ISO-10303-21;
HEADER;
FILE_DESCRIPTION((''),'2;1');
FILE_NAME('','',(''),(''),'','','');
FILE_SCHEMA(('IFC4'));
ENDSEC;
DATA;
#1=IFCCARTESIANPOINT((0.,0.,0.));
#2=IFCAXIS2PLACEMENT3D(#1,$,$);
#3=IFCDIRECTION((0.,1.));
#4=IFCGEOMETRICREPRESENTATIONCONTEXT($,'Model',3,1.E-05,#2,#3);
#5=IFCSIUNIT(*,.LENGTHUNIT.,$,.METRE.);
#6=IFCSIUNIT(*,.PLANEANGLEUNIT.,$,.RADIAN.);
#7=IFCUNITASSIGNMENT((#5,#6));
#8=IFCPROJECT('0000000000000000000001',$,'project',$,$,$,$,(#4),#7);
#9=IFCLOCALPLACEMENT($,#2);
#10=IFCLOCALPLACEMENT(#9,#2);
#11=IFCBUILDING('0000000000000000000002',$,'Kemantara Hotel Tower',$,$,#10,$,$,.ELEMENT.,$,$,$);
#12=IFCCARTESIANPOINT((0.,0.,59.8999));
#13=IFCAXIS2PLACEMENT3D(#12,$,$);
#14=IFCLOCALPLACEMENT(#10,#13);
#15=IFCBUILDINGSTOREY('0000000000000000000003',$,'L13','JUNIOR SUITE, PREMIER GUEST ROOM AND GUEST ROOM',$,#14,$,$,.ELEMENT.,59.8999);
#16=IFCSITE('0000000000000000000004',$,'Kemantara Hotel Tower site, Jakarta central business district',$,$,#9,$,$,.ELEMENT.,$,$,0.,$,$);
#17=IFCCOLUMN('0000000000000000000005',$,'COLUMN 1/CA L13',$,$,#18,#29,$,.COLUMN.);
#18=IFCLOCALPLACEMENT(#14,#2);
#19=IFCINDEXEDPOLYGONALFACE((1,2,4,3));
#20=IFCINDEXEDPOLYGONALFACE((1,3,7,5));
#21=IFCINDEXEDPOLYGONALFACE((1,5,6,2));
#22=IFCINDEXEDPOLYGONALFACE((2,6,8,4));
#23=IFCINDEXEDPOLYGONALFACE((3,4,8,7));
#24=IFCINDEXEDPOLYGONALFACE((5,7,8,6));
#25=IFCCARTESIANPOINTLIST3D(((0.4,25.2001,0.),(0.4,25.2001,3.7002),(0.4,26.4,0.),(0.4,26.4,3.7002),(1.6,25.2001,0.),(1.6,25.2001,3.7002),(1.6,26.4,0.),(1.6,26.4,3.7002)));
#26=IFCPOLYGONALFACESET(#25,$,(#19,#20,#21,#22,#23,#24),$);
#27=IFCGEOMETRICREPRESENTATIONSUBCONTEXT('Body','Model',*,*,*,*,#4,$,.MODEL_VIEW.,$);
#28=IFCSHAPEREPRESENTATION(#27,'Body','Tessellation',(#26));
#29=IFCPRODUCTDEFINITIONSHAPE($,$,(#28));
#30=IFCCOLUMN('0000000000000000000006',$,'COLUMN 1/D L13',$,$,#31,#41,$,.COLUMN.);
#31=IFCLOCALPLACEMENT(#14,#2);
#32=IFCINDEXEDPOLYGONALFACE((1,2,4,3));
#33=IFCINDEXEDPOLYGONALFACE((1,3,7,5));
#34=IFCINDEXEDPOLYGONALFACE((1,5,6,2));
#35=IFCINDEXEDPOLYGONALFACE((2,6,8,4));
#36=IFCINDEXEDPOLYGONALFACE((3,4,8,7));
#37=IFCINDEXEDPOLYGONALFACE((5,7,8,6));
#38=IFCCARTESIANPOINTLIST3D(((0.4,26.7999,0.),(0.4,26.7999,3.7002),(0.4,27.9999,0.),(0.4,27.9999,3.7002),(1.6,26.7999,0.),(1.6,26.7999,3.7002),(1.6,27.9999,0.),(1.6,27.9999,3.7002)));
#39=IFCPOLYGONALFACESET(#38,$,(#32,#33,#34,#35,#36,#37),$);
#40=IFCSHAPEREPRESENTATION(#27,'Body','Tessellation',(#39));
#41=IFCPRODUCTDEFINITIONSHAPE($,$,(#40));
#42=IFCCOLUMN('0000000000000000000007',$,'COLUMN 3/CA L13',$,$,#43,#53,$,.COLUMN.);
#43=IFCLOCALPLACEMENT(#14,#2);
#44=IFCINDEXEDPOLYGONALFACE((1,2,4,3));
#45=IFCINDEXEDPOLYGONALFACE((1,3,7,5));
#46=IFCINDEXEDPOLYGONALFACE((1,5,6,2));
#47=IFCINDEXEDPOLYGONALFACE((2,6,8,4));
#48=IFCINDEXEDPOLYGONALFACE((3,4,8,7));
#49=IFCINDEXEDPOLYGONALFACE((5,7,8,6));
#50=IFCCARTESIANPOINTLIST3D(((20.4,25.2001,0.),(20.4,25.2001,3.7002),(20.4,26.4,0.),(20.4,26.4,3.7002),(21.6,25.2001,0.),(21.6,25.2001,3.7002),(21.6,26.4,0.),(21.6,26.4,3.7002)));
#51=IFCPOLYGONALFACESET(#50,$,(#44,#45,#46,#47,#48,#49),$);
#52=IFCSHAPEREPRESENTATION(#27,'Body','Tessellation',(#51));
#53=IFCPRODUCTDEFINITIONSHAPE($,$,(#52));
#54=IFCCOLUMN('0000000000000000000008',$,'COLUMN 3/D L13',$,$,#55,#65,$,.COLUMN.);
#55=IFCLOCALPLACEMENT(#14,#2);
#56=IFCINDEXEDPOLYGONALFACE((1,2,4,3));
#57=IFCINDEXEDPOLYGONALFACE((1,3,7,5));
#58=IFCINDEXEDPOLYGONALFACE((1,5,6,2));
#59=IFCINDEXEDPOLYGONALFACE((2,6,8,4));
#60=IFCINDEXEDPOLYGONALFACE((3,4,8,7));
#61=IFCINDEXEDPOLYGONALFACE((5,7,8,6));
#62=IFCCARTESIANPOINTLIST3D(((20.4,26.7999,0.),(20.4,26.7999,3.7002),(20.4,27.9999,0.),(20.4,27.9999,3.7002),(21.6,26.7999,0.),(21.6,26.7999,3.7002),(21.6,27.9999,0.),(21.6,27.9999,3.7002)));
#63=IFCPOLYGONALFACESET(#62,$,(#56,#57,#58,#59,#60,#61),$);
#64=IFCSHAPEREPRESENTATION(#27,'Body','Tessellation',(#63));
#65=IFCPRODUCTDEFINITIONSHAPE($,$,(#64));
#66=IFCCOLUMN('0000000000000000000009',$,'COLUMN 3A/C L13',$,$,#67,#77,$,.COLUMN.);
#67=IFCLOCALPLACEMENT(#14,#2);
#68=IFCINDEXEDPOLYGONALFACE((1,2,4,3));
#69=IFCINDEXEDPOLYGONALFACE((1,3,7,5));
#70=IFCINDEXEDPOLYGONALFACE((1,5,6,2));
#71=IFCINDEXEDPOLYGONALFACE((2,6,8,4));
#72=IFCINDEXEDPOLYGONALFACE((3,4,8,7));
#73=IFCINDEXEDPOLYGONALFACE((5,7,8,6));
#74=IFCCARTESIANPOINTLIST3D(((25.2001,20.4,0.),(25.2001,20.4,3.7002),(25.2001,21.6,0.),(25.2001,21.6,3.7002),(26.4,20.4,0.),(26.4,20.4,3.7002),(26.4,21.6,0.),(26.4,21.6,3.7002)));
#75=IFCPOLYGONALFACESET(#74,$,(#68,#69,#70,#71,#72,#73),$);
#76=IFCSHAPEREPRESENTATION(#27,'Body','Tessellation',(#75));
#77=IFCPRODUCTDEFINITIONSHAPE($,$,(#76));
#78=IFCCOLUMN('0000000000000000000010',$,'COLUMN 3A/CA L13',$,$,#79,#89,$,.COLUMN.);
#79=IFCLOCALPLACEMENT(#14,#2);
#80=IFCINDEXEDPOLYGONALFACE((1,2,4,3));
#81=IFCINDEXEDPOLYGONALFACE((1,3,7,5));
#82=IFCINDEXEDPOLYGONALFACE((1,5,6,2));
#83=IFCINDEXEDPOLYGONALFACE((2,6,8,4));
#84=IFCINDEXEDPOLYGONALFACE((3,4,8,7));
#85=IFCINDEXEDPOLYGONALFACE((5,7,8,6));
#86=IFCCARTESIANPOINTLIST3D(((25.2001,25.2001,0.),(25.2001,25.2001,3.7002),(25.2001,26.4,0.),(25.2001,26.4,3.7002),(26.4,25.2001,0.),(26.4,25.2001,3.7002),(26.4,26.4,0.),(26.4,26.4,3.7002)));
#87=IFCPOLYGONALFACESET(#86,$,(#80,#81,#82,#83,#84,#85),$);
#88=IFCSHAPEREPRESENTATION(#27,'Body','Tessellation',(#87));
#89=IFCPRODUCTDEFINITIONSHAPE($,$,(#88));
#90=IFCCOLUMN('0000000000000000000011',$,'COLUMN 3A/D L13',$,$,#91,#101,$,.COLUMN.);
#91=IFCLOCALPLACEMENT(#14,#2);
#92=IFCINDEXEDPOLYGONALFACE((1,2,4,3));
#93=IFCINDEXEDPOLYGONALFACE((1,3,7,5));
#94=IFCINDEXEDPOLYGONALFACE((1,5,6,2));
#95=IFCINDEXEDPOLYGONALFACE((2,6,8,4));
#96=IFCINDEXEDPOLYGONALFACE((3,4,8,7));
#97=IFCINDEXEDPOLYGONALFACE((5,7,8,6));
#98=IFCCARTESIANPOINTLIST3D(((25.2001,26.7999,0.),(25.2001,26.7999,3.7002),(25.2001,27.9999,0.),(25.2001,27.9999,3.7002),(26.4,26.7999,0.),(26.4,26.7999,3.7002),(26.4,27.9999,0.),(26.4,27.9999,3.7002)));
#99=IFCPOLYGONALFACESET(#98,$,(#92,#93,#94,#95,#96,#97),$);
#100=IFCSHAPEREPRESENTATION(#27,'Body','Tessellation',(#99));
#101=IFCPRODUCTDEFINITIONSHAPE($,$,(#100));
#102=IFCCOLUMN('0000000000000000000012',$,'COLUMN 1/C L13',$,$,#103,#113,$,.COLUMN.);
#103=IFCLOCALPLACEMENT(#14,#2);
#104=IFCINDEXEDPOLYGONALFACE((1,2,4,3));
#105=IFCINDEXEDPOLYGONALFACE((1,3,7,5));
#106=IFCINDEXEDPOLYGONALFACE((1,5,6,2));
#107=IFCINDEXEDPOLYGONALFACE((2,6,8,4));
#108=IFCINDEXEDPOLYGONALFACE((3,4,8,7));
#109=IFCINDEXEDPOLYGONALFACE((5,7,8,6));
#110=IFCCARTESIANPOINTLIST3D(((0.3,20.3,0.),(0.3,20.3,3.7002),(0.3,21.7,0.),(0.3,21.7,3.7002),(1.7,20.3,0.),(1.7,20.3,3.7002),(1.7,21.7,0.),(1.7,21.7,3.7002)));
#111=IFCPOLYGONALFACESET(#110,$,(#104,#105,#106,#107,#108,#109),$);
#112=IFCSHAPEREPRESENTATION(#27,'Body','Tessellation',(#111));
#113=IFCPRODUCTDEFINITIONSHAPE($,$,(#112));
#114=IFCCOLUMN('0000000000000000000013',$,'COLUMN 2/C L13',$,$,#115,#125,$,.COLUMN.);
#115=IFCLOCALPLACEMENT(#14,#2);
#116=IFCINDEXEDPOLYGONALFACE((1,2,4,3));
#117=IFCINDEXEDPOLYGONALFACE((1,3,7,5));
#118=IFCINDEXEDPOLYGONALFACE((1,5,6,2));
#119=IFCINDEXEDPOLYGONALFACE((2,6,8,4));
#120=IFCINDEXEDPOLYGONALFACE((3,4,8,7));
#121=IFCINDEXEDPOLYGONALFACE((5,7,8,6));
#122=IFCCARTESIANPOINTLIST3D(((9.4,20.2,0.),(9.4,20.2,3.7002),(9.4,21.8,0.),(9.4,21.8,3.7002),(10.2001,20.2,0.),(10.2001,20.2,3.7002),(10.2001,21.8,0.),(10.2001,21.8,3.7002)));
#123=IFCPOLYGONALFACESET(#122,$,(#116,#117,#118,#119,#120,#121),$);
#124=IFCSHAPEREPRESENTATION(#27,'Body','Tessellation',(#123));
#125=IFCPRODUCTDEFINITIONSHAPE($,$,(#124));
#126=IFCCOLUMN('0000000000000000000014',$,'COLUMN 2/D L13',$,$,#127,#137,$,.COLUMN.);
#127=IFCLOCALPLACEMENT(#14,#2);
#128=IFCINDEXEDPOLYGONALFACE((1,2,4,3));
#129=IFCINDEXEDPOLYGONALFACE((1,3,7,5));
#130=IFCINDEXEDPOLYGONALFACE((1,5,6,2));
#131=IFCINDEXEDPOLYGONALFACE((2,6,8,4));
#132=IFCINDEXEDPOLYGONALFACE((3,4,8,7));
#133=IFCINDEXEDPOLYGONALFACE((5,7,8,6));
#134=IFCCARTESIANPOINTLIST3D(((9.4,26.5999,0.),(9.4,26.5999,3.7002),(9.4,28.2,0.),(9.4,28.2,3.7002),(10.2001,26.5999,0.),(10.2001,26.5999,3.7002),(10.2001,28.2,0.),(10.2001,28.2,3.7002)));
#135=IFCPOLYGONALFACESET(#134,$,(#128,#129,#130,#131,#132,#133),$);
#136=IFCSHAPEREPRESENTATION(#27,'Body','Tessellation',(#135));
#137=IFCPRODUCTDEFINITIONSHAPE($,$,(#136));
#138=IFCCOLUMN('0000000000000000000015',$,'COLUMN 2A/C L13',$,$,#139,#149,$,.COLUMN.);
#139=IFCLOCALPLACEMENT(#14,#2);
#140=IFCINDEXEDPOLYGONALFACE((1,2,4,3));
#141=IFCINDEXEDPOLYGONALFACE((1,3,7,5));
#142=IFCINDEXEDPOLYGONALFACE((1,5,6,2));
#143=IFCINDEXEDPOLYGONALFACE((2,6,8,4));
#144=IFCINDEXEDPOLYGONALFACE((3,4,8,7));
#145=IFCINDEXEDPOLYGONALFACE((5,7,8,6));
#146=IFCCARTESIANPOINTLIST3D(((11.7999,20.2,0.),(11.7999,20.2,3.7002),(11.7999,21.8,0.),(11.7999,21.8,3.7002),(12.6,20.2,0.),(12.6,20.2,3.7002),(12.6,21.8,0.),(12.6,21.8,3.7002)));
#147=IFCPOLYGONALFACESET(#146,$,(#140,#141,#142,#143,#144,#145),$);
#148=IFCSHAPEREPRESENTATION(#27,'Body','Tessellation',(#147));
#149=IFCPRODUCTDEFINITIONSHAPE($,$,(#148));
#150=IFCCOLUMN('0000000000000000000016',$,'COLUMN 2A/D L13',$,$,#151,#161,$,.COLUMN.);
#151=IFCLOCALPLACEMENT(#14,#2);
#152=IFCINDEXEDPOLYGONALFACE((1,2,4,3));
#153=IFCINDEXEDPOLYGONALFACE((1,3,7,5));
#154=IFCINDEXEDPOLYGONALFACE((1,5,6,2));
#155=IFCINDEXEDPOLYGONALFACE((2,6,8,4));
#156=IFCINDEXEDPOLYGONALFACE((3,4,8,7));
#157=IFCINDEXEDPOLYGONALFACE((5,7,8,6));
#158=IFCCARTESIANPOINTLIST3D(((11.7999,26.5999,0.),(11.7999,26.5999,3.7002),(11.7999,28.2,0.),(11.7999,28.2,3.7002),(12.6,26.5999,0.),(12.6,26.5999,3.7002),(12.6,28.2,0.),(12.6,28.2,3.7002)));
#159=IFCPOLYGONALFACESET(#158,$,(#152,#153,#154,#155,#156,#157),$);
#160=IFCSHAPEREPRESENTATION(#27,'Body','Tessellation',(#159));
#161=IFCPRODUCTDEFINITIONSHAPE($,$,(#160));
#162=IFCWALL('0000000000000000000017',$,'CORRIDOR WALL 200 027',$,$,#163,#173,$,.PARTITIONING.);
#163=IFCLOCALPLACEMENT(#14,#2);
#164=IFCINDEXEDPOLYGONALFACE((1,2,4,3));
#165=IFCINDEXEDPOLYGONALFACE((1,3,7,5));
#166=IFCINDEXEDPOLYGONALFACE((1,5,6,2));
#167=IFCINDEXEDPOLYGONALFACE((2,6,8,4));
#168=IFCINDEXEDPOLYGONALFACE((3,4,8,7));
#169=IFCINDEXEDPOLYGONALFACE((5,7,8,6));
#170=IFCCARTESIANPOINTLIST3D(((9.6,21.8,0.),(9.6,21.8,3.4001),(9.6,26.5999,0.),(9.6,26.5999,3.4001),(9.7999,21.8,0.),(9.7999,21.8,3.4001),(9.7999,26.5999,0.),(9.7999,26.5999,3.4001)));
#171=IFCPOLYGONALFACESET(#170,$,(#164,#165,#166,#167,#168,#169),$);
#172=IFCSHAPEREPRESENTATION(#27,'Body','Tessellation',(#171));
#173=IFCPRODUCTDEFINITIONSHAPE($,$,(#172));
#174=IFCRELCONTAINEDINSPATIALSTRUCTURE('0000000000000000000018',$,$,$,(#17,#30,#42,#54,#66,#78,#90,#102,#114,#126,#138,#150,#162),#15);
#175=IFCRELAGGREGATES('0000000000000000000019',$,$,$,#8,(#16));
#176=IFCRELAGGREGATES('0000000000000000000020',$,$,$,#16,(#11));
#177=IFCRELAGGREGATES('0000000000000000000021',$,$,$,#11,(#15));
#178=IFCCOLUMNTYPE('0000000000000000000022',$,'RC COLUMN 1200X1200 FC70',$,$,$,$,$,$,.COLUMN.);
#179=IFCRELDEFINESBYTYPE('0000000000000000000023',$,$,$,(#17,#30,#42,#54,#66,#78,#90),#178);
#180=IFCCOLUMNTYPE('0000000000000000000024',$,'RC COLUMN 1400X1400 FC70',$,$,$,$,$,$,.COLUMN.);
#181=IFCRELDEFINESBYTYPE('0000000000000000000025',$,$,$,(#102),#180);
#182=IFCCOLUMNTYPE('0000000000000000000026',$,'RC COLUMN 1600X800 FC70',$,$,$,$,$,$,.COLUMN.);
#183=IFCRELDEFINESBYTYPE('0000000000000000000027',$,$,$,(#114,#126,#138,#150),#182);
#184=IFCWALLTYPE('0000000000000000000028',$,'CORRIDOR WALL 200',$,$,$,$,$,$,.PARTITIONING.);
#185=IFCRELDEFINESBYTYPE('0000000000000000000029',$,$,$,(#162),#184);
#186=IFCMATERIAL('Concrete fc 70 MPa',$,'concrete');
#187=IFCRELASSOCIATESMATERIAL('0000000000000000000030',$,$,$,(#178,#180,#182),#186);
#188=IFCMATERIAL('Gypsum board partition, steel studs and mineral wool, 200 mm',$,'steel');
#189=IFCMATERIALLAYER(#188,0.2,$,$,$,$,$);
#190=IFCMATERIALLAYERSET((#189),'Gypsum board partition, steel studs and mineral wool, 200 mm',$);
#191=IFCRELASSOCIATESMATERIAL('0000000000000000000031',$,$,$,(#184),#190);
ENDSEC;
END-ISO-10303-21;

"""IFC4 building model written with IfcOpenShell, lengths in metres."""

from ifc_helpers import new_model, si_unit, direction, frame, frame_2d, origin, origin_2d, place, context, subcontext, project, spatial, rectangle, extrude, material, layer, layer_set, material_profile, profile_set, type_object, element, save


model = new_model("IFC4")

# Units and contexts
model_context = context("Model", 3, precision=1e-05, world=origin(), true_north=direction((0.0, 1.0)))
body_context = subcontext(model_context, "Body", "Model", "MODEL_VIEW")
ifc_project = project(units=[si_unit("LENGTHUNIT", "METRE"), si_unit("PLANEANGLEUNIT", "RADIAN")], contexts=[model_context])

# Site, building, storey
site_placement = place(None, origin())
site = spatial("IfcSite", under=ifc_project, at=site_placement, Name="Kemantara Hotel Tower site, Jakarta central business district", CompositionType="ELEMENT", RefElevation=0.0)
building_placement = place(site_placement, origin())
building = spatial("IfcBuilding", under=site, at=building_placement, Name="Kemantara Hotel Tower", CompositionType="ELEMENT")
storey_placement = place(building_placement, frame((0.0, 0.0, 59.8999)))
storey = spatial("IfcBuildingStorey", under=building, at=storey_placement, Name="L13", Description="JUNIOR SUITE, PREMIER GUEST ROOM AND GUEST ROOM", CompositionType="ELEMENT", Elevation=59.8999)

# Columns
ifc_material_1 = material(Name="Concrete fc 70 MPa", Category="concrete")
ifc_material_profile_1 = material_profile(ifc_material_1, rectangle(XDim=1.2, YDim=1.2, at=origin_2d()), Name="RC 1200X1200")
ifc_profile_set_1 = profile_set([ifc_material_profile_1], Name="Concrete fc 70 MPa")
column_type_1 = type_object("IfcColumnType", Name="RC COLUMN 1200X1200 FC70", PredefinedType="COLUMN", material=ifc_profile_set_1)
for number, where, z_axis, x_axis, name in (
    (1, (1.0, 25.8, 0.0), (0.0, 0.0, 1.0), (1.0, 0.0, 0.0), "COLUMN 1/CA L13"),
    (2, (1.0, 27.3999, 0.0), (0.0, 0.0, 1.0), (1.0, 0.0, 0.0), "COLUMN 1/D L13"),
    (3, (21.0, 25.8, 0.0), (0.0, 0.0, 1.0), (1.0, 0.0, 0.0), "COLUMN 3/CA L13"),
    (4, (21.0, 27.3999, 0.0), (0.0, 0.0, 1.0), (1.0, 0.0, 0.0), "COLUMN 3/D L13"),
    (5, (25.8, 21.0, 0.0), (0.0, 0.0, 1.0), (1.0, 0.0, 0.0), "COLUMN 3A/C L13"),
    (6, (25.8, 25.8, 0.0), (0.0, 0.0, 1.0), (1.0, 0.0, 0.0), "COLUMN 3A/CA L13"),
    (7, (25.8, 27.3999, 0.0), (0.0, 0.0, 1.0), (1.0, 0.0, 0.0), "COLUMN 3A/D L13"),
):
    element("IfcColumn", number, at=place(storey_placement, frame(where, z_axis=z_axis, x_axis=x_axis)), inside=storey, type_object=column_type_1, Name=name, PredefinedType="COLUMN", context=body_context, shape_type="SweptSolid", body=[
        extrude(rectangle(XDim=1.2, YDim=1.2, at=origin_2d()), origin(), (0.0, 0.0, 1.0), 3.7002),
    ])
ifc_material_profile_2 = material_profile(ifc_material_1, rectangle(XDim=1.3999, YDim=1.3999, at=origin_2d()), Name="RC 1400X1400")
ifc_profile_set_2 = profile_set([ifc_material_profile_2], Name="Concrete fc 70 MPa")
column_type_2 = type_object("IfcColumnType", Name="RC COLUMN 1400X1400 FC70", PredefinedType="COLUMN", material=ifc_profile_set_2)
column_placement = place(storey_placement, frame((1.0, 21.0, 0.0), z_axis=(0.0, 0.0, 1.0), x_axis=(1.0, 0.0, 0.0)))
element("IfcColumn", 8, at=column_placement, inside=storey, type_object=column_type_2, Name="COLUMN 1/C L13", PredefinedType="COLUMN", context=body_context, shape_type="SweptSolid", body=[
    extrude(rectangle(XDim=1.3999, YDim=1.3999, at=origin_2d()), origin(), (0.0, 0.0, 1.0), 3.7002),
])
ifc_material_profile_3 = material_profile(ifc_material_1, rectangle(XDim=1.6001, YDim=0.8, at=origin_2d()), Name="RC 1600X800")
ifc_profile_set_3 = profile_set([ifc_material_profile_3], Name="Concrete fc 70 MPa")
column_type_3 = type_object("IfcColumnType", Name="RC COLUMN 1600X800 FC70", PredefinedType="COLUMN", material=ifc_profile_set_3)
for number, where, z_axis, x_axis, name in (
    (9, (9.8, 21.0, 0.0), (0.0, 0.0, 1.0), (0.0, 1.0, 0.0), "COLUMN 2/C L13"),
    (10, (9.8, 27.3999, 0.0), (0.0, 0.0, 1.0), (0.0, 1.0, 0.0), "COLUMN 2/D L13"),
    (11, (12.2, 21.0, 0.0), (0.0, 0.0, 1.0), (0.0, 1.0, 0.0), "COLUMN 2A/C L13"),
    (12, (12.2, 27.3999, 0.0), (0.0, 0.0, 1.0), (0.0, 1.0, 0.0), "COLUMN 2A/D L13"),
):
    element("IfcColumn", number, at=place(storey_placement, frame(where, z_axis=z_axis, x_axis=x_axis)), inside=storey, type_object=column_type_3, Name=name, PredefinedType="COLUMN", context=body_context, shape_type="SweptSolid", body=[
        extrude(rectangle(XDim=1.6001, YDim=0.8, at=origin_2d()), origin(), (0.0, 0.0, 1.0), 3.7002),
    ])

# Wall
ifc_material_2 = material(Name="Gypsum board partition, steel studs and mineral wool, 200 mm", Category="steel")
ifc_layer_1 = layer(ifc_material_2, 0.2)
ifc_layer_set_1 = layer_set([ifc_layer_1], Name="Gypsum board partition, steel studs and mineral wool, 200 mm")
wall_type_1 = type_object("IfcWallType", Name="CORRIDOR WALL 200", PredefinedType="PARTITIONING", material=ifc_layer_set_1)
wall_1_placement = place(storey_placement, frame((9.7, 21.8, 0.0), z_axis=(0.0, 0.0, 1.0), x_axis=(0.0, 1.0, 0.0)))
element("IfcWall", 13, at=wall_1_placement, inside=storey, type_object=wall_type_1, Name="CORRIDOR WALL 200 027", PredefinedType="PARTITIONING", context=body_context, shape_type="SweptSolid", body=[
    extrude(rectangle(XDim=4.7998, YDim=0.2, at=frame_2d((2.3999, 0.0))), origin(), (0.0, 0.0, 1.0), 3.4001),
])

save(model, "model.ifc")
